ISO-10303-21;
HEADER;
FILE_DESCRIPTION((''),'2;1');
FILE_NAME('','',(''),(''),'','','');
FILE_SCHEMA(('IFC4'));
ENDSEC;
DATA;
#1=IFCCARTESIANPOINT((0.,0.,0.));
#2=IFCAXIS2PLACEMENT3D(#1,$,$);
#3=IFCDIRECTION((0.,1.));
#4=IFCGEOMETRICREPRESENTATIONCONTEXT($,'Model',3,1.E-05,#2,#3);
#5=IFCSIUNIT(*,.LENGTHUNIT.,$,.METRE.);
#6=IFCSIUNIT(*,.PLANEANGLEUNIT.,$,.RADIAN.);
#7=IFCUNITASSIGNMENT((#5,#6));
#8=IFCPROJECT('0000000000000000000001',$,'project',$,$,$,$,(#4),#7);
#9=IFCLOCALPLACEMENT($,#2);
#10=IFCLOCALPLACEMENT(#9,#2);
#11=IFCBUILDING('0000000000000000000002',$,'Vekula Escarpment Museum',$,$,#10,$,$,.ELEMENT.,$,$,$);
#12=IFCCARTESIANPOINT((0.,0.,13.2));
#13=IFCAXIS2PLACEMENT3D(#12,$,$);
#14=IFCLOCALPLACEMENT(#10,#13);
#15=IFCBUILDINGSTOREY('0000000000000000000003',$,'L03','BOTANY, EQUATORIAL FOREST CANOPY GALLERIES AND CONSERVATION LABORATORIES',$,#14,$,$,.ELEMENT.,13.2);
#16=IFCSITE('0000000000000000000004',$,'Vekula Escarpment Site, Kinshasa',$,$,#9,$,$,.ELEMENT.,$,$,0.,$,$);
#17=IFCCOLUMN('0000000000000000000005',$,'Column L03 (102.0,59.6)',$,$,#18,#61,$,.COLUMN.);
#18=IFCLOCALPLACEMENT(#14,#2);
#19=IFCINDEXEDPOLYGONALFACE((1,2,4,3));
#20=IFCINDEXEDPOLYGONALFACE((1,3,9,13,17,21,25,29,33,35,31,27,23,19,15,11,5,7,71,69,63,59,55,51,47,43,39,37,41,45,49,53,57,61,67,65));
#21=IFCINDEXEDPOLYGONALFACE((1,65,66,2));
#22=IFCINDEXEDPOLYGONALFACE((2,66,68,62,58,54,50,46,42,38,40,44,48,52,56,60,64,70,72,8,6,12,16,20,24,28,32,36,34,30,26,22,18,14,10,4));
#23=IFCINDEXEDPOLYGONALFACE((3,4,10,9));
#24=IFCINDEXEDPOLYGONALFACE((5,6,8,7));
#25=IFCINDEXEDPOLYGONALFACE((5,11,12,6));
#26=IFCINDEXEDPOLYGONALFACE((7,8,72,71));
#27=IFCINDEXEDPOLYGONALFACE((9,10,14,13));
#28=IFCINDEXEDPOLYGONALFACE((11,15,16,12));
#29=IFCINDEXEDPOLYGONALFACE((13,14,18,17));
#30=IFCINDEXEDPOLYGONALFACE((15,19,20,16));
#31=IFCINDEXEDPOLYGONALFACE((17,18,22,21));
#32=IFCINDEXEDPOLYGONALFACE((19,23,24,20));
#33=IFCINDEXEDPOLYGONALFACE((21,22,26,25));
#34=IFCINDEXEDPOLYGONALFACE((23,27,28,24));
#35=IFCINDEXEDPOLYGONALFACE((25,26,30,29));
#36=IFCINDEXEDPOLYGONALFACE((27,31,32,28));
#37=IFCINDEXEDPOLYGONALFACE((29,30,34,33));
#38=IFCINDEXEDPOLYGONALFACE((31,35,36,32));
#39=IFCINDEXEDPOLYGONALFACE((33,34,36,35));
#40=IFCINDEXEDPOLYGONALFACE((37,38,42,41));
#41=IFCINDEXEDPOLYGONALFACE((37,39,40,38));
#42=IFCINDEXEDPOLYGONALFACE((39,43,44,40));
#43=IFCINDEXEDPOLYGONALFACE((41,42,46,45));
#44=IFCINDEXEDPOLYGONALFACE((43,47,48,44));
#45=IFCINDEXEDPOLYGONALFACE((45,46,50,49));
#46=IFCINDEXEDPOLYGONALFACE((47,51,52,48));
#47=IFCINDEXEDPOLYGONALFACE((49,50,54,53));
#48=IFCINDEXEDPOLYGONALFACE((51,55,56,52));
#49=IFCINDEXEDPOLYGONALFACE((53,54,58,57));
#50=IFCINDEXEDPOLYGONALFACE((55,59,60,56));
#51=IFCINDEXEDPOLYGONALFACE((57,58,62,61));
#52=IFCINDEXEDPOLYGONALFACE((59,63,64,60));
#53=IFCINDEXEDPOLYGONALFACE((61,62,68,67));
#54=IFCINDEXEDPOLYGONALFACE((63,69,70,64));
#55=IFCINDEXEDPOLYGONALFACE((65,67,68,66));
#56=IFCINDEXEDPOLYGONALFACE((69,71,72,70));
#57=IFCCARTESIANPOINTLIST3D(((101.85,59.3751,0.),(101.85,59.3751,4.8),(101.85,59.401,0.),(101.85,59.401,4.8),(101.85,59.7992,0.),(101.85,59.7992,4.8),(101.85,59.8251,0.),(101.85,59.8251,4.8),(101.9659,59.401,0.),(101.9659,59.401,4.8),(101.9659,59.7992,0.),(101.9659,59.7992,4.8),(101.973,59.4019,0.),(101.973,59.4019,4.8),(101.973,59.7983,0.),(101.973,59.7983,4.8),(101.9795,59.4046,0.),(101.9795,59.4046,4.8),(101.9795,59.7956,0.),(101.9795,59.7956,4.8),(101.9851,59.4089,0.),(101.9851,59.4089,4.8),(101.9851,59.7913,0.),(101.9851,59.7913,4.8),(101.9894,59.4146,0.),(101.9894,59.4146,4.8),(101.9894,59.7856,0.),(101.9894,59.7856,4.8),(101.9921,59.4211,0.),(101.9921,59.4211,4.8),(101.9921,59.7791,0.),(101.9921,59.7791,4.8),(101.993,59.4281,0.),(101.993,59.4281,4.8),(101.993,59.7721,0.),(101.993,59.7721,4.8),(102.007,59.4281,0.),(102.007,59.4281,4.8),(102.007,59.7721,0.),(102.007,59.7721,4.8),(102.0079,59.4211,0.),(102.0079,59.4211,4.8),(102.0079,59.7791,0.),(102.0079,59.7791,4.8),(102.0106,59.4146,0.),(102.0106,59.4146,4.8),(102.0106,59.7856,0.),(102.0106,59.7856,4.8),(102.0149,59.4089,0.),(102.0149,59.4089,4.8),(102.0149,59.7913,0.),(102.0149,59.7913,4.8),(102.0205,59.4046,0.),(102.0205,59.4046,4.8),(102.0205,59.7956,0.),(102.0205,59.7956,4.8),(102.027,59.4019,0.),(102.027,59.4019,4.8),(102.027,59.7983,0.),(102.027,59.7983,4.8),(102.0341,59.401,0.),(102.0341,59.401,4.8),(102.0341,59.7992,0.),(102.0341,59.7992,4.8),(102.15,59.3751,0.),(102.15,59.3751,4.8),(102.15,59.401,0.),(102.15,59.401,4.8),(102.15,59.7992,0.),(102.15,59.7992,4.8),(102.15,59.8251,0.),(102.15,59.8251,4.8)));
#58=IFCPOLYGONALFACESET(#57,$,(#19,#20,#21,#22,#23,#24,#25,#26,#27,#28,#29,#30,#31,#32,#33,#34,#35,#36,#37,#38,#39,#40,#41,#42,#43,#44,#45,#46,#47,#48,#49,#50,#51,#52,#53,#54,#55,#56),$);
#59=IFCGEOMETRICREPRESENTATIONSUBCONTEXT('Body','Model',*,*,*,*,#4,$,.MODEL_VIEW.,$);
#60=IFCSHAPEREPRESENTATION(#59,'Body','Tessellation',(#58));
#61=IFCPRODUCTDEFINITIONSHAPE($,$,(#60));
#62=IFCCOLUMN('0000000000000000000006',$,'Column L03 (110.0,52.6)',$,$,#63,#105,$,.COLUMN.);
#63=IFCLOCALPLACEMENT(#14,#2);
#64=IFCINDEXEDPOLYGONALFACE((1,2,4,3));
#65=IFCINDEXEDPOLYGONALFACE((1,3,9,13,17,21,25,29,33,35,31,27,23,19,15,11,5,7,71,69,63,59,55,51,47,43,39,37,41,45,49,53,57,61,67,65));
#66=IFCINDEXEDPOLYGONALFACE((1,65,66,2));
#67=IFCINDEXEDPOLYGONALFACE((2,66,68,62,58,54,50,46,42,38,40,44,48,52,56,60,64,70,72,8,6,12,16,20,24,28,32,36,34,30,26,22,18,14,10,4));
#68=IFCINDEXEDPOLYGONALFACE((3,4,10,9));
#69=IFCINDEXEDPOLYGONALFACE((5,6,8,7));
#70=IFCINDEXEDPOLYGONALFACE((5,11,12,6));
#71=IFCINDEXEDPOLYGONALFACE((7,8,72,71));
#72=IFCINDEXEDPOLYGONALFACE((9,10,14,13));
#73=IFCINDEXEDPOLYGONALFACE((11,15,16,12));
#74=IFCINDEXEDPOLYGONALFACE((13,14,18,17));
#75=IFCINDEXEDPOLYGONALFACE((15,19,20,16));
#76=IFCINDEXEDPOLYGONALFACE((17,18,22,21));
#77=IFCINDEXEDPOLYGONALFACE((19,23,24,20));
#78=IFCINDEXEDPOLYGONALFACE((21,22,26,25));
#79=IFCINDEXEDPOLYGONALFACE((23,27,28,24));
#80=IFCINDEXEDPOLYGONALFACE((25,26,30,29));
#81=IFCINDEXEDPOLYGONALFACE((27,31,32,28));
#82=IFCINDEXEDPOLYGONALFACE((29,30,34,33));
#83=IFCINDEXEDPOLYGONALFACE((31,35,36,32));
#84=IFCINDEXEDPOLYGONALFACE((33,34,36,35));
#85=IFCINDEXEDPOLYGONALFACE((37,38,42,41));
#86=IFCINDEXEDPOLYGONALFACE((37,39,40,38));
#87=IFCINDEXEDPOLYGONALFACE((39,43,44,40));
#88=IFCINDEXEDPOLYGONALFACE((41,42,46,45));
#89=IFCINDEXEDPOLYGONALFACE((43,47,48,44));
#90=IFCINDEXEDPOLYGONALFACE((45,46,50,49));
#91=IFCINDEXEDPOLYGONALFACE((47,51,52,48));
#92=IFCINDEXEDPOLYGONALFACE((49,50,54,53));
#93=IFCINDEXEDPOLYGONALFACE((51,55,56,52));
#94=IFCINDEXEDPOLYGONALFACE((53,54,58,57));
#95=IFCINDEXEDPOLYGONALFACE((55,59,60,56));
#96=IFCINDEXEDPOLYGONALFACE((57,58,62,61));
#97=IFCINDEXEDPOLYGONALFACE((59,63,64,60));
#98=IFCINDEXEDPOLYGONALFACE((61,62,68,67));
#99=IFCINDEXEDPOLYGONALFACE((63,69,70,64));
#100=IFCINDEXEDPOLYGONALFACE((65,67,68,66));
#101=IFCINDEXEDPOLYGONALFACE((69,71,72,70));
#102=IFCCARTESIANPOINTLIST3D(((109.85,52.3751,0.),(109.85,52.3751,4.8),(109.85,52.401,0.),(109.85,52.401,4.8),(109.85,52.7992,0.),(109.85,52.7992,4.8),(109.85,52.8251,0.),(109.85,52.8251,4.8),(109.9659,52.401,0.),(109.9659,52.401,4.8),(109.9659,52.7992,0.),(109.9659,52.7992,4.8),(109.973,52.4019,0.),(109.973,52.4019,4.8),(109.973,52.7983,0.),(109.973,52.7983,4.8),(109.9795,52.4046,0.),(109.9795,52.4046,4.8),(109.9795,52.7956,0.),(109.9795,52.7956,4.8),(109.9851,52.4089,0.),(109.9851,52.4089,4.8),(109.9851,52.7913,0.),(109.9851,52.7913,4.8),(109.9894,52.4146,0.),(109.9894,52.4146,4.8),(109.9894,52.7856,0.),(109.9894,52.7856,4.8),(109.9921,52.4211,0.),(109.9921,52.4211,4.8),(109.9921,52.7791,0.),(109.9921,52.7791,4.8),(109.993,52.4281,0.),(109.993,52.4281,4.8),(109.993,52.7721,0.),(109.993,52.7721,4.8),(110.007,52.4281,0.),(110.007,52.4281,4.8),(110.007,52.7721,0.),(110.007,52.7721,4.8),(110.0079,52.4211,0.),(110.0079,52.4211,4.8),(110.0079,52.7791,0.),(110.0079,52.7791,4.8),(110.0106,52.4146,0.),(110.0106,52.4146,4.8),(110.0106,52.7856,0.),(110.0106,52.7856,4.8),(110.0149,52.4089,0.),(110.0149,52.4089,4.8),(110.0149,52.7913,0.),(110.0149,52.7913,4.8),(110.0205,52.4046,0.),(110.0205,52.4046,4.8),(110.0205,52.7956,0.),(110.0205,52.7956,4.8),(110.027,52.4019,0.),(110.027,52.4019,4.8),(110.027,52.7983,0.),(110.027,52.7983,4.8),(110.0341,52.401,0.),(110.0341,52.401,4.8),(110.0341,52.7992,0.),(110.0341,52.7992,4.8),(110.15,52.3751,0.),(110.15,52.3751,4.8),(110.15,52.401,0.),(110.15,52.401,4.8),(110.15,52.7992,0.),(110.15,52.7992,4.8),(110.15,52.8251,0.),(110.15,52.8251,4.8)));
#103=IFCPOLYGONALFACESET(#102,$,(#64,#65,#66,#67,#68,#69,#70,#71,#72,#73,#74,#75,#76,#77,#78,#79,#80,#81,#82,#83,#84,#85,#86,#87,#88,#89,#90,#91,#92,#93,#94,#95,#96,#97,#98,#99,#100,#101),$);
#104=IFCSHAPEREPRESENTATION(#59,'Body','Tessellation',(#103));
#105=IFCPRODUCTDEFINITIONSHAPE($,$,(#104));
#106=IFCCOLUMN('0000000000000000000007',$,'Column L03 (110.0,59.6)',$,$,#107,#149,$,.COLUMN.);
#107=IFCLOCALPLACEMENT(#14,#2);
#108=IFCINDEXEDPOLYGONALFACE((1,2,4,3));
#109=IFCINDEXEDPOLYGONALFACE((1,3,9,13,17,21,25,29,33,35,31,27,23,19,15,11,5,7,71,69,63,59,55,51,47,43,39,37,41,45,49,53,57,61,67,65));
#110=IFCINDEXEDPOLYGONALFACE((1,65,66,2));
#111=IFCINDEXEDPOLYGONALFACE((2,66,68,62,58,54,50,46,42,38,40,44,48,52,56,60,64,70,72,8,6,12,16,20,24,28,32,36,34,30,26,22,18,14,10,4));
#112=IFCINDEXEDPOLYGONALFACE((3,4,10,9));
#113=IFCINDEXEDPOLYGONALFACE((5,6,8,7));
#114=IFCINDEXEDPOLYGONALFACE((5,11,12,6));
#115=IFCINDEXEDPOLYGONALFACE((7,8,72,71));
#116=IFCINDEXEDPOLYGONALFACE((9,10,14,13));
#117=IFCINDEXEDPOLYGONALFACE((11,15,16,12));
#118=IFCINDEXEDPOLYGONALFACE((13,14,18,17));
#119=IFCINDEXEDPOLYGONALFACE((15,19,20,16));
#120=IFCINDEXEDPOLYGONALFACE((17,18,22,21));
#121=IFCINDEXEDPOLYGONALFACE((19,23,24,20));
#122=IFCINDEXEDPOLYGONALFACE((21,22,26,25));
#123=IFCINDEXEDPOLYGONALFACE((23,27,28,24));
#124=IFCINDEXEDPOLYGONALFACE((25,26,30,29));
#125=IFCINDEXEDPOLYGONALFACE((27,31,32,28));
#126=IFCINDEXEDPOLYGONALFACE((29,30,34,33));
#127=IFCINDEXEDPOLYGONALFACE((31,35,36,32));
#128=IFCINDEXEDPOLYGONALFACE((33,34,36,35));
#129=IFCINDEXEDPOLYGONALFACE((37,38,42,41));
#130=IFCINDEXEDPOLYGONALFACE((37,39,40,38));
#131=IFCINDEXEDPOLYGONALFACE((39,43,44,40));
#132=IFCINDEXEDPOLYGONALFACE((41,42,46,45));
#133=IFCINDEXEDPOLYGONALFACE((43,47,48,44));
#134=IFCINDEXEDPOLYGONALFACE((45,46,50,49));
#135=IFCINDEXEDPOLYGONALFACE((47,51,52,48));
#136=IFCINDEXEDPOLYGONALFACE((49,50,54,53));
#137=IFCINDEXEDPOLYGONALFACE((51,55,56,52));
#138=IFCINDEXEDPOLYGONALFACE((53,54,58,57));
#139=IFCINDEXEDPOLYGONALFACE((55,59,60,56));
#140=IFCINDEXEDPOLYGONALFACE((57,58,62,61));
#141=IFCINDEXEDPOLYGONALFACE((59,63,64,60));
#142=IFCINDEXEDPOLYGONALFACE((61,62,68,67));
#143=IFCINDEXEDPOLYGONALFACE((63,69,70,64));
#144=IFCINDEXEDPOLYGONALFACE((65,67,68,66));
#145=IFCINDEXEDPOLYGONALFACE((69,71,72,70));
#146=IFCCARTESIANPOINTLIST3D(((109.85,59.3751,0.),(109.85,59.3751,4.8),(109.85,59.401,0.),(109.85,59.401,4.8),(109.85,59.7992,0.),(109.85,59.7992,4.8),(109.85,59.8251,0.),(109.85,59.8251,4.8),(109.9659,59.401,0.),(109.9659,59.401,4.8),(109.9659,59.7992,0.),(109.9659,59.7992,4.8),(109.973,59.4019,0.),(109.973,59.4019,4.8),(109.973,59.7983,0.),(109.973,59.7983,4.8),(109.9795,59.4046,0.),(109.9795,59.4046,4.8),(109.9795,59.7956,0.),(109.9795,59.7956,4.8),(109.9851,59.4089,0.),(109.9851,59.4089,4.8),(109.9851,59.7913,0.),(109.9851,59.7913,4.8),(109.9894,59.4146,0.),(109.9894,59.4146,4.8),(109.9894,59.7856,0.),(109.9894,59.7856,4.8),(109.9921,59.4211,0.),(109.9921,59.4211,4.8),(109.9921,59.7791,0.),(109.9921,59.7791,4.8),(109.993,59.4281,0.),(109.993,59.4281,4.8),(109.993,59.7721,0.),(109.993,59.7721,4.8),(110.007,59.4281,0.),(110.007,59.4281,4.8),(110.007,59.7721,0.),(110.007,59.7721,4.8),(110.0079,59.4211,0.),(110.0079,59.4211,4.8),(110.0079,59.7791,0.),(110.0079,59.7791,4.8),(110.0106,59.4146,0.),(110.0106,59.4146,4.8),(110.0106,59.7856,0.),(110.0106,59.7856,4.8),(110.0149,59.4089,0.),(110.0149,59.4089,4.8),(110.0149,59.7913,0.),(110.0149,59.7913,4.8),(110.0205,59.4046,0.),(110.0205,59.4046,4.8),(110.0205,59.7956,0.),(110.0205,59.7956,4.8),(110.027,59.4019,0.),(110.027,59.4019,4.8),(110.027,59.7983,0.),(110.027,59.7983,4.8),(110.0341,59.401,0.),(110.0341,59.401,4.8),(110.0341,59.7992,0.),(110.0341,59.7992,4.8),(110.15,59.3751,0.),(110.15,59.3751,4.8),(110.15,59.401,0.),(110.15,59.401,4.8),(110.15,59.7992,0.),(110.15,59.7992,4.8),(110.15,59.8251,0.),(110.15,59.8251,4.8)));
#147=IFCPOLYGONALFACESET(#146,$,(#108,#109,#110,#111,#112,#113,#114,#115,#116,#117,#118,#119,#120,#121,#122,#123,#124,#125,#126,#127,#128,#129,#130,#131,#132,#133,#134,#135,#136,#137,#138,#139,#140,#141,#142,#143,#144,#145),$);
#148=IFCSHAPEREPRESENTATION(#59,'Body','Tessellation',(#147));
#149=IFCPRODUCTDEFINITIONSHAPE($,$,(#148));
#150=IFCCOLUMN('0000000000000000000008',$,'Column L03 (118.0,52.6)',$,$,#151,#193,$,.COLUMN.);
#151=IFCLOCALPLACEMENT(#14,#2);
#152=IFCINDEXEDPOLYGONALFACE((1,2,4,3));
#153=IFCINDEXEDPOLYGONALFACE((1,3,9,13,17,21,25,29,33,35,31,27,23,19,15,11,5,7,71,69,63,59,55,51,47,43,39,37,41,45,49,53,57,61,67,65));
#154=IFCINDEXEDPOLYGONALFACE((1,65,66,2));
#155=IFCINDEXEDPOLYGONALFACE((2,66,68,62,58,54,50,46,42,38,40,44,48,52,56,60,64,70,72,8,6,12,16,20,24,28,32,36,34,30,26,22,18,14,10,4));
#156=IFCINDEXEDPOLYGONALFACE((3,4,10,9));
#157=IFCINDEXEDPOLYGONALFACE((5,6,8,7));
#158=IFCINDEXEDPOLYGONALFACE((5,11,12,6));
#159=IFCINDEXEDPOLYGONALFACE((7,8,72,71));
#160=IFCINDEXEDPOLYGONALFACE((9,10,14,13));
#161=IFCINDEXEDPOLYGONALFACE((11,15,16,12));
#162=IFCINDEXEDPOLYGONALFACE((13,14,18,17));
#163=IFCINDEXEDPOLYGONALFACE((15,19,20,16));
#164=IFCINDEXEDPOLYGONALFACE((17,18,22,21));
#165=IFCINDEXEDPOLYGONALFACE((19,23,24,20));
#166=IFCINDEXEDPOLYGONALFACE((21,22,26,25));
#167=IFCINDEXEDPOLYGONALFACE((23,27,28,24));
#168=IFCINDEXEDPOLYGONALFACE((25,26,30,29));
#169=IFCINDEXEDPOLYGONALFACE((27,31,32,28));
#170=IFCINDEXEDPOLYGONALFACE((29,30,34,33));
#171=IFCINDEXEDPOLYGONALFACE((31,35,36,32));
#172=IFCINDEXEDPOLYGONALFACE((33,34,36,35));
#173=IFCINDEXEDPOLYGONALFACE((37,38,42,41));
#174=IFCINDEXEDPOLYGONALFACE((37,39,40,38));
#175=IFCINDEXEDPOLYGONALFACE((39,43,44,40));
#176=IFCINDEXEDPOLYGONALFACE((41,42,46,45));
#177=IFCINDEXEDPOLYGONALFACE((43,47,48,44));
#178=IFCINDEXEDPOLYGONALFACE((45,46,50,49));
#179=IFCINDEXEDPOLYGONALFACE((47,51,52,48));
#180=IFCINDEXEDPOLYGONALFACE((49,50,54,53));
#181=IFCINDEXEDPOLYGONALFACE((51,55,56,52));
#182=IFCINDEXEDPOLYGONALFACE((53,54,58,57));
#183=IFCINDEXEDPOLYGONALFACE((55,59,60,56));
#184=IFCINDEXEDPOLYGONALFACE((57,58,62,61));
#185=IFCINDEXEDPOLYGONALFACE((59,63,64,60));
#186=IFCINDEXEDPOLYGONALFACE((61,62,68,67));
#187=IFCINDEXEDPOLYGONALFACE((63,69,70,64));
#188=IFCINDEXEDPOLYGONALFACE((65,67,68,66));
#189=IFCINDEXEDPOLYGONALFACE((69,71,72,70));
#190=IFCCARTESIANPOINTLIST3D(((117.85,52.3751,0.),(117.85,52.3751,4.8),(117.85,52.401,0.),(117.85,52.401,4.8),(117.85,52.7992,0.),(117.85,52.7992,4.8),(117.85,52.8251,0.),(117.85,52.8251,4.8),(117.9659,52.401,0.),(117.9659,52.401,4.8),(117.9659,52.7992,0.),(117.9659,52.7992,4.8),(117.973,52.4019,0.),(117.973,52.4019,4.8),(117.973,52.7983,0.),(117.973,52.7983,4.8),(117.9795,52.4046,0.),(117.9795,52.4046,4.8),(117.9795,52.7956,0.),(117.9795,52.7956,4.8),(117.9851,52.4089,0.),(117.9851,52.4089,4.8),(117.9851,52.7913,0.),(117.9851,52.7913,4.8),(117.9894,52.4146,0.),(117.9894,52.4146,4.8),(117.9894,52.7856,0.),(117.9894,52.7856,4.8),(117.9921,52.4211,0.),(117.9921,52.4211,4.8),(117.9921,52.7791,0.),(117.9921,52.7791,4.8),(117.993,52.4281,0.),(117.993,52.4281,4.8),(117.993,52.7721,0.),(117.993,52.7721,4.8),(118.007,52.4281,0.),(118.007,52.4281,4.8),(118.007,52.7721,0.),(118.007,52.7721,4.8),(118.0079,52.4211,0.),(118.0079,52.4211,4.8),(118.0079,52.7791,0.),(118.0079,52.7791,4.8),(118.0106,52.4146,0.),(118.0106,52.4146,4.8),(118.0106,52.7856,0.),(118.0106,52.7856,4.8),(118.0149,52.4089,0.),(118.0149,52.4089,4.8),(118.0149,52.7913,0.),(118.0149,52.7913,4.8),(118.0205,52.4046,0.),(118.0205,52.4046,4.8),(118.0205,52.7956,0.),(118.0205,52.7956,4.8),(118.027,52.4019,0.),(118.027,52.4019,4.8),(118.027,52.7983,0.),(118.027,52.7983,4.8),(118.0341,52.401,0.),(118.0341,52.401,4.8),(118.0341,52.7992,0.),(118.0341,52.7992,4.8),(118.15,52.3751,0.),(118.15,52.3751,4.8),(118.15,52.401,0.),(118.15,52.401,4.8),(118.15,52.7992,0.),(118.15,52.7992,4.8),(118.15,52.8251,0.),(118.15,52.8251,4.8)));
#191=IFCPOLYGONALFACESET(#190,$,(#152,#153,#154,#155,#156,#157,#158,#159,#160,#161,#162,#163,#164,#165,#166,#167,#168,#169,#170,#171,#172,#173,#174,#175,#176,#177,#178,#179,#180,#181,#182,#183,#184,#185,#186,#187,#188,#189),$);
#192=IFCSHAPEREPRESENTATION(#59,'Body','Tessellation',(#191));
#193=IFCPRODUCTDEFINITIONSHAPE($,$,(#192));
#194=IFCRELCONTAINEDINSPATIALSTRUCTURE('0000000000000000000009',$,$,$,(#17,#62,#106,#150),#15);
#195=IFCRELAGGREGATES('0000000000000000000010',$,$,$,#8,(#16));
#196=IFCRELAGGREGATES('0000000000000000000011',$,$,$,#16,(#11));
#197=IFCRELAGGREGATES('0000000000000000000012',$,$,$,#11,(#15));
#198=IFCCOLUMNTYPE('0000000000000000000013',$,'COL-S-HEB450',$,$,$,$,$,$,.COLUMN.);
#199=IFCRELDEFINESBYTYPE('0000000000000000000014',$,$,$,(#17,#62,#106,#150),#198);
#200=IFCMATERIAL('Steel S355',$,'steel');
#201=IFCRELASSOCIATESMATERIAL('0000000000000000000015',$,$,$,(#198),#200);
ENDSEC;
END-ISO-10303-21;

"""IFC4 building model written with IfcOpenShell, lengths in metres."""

from ifc_helpers import new_model, si_unit, direction, frame, origin, origin_2d, place, context, subcontext, project, spatial, i_section, extrude, material, material_profile, profile_set, type_object, element, save


model = new_model("IFC4")

# Units and contexts
model_context = context("Model", 3, precision=1e-05, world=origin(), true_north=direction((0.0, 1.0)))
body_context = subcontext(model_context, "Body", "Model", "MODEL_VIEW")
ifc_project = project(units=[si_unit("LENGTHUNIT", "METRE"), si_unit("PLANEANGLEUNIT", "RADIAN")], contexts=[model_context])

# Site, building, storey
site_placement = place(None, origin())
site = spatial("IfcSite", under=ifc_project, at=site_placement, Name="Vekula Escarpment Site, Kinshasa", CompositionType="ELEMENT", RefElevation=0.0)
building_placement = place(site_placement, origin())
building = spatial("IfcBuilding", under=site, at=building_placement, Name="Vekula Escarpment Museum", CompositionType="ELEMENT")
storey_placement = place(building_placement, frame((0.0, 0.0, 13.2)))
storey = spatial("IfcBuildingStorey", under=building, at=storey_placement, Name="L03", Description="BOTANY, EQUATORIAL FOREST CANOPY GALLERIES AND CONSERVATION LABORATORIES", CompositionType="ELEMENT", Elevation=13.2)

# Columns
ifc_material_1 = material(Name="Steel S355", Category="steel")
ifc_material_profile_1 = material_profile(ifc_material_1, i_section(OverallWidth=0.3, OverallDepth=0.45, WebThickness=0.0139, FlangeThickness=0.0259, FilletRadius=0.0271, at=origin_2d()), Name="HEB 450")
ifc_profile_set_1 = profile_set([ifc_material_profile_1], Name="Steel S355")
column_type = type_object("IfcColumnType", Name="COL-S-HEB450", PredefinedType="COLUMN", material=ifc_profile_set_1)
for number, where, z_axis, x_axis, name in (
    (1, (102.0, 59.6001, 0.0), (0.0, 0.0, 1.0), (1.0, 0.0, 0.0), "Column L03 (102.0,59.6)"),
    (2, (110.0, 52.6001, 0.0), (0.0, 0.0, 1.0), (1.0, 0.0, 0.0), "Column L03 (110.0,52.6)"),
    (3, (110.0, 59.6001, 0.0), (0.0, 0.0, 1.0), (1.0, 0.0, 0.0), "Column L03 (110.0,59.6)"),
    (4, (118.0, 52.6001, 0.0), (0.0, 0.0, 1.0), (1.0, 0.0, 0.0), "Column L03 (118.0,52.6)"),
):
    element("IfcColumn", number, at=place(storey_placement, frame(where, z_axis=z_axis, x_axis=x_axis)), inside=storey, type_object=column_type, Name=name, PredefinedType="COLUMN", context=body_context, shape_type="SweptSolid", body=[
        extrude(i_section(OverallWidth=0.3, OverallDepth=0.45, WebThickness=0.0139, FlangeThickness=0.0259, FilletRadius=0.0271, at=origin_2d()), origin(), (0.0, 0.0, 1.0), 4.8),
    ])

save(model, "model.ifc")
